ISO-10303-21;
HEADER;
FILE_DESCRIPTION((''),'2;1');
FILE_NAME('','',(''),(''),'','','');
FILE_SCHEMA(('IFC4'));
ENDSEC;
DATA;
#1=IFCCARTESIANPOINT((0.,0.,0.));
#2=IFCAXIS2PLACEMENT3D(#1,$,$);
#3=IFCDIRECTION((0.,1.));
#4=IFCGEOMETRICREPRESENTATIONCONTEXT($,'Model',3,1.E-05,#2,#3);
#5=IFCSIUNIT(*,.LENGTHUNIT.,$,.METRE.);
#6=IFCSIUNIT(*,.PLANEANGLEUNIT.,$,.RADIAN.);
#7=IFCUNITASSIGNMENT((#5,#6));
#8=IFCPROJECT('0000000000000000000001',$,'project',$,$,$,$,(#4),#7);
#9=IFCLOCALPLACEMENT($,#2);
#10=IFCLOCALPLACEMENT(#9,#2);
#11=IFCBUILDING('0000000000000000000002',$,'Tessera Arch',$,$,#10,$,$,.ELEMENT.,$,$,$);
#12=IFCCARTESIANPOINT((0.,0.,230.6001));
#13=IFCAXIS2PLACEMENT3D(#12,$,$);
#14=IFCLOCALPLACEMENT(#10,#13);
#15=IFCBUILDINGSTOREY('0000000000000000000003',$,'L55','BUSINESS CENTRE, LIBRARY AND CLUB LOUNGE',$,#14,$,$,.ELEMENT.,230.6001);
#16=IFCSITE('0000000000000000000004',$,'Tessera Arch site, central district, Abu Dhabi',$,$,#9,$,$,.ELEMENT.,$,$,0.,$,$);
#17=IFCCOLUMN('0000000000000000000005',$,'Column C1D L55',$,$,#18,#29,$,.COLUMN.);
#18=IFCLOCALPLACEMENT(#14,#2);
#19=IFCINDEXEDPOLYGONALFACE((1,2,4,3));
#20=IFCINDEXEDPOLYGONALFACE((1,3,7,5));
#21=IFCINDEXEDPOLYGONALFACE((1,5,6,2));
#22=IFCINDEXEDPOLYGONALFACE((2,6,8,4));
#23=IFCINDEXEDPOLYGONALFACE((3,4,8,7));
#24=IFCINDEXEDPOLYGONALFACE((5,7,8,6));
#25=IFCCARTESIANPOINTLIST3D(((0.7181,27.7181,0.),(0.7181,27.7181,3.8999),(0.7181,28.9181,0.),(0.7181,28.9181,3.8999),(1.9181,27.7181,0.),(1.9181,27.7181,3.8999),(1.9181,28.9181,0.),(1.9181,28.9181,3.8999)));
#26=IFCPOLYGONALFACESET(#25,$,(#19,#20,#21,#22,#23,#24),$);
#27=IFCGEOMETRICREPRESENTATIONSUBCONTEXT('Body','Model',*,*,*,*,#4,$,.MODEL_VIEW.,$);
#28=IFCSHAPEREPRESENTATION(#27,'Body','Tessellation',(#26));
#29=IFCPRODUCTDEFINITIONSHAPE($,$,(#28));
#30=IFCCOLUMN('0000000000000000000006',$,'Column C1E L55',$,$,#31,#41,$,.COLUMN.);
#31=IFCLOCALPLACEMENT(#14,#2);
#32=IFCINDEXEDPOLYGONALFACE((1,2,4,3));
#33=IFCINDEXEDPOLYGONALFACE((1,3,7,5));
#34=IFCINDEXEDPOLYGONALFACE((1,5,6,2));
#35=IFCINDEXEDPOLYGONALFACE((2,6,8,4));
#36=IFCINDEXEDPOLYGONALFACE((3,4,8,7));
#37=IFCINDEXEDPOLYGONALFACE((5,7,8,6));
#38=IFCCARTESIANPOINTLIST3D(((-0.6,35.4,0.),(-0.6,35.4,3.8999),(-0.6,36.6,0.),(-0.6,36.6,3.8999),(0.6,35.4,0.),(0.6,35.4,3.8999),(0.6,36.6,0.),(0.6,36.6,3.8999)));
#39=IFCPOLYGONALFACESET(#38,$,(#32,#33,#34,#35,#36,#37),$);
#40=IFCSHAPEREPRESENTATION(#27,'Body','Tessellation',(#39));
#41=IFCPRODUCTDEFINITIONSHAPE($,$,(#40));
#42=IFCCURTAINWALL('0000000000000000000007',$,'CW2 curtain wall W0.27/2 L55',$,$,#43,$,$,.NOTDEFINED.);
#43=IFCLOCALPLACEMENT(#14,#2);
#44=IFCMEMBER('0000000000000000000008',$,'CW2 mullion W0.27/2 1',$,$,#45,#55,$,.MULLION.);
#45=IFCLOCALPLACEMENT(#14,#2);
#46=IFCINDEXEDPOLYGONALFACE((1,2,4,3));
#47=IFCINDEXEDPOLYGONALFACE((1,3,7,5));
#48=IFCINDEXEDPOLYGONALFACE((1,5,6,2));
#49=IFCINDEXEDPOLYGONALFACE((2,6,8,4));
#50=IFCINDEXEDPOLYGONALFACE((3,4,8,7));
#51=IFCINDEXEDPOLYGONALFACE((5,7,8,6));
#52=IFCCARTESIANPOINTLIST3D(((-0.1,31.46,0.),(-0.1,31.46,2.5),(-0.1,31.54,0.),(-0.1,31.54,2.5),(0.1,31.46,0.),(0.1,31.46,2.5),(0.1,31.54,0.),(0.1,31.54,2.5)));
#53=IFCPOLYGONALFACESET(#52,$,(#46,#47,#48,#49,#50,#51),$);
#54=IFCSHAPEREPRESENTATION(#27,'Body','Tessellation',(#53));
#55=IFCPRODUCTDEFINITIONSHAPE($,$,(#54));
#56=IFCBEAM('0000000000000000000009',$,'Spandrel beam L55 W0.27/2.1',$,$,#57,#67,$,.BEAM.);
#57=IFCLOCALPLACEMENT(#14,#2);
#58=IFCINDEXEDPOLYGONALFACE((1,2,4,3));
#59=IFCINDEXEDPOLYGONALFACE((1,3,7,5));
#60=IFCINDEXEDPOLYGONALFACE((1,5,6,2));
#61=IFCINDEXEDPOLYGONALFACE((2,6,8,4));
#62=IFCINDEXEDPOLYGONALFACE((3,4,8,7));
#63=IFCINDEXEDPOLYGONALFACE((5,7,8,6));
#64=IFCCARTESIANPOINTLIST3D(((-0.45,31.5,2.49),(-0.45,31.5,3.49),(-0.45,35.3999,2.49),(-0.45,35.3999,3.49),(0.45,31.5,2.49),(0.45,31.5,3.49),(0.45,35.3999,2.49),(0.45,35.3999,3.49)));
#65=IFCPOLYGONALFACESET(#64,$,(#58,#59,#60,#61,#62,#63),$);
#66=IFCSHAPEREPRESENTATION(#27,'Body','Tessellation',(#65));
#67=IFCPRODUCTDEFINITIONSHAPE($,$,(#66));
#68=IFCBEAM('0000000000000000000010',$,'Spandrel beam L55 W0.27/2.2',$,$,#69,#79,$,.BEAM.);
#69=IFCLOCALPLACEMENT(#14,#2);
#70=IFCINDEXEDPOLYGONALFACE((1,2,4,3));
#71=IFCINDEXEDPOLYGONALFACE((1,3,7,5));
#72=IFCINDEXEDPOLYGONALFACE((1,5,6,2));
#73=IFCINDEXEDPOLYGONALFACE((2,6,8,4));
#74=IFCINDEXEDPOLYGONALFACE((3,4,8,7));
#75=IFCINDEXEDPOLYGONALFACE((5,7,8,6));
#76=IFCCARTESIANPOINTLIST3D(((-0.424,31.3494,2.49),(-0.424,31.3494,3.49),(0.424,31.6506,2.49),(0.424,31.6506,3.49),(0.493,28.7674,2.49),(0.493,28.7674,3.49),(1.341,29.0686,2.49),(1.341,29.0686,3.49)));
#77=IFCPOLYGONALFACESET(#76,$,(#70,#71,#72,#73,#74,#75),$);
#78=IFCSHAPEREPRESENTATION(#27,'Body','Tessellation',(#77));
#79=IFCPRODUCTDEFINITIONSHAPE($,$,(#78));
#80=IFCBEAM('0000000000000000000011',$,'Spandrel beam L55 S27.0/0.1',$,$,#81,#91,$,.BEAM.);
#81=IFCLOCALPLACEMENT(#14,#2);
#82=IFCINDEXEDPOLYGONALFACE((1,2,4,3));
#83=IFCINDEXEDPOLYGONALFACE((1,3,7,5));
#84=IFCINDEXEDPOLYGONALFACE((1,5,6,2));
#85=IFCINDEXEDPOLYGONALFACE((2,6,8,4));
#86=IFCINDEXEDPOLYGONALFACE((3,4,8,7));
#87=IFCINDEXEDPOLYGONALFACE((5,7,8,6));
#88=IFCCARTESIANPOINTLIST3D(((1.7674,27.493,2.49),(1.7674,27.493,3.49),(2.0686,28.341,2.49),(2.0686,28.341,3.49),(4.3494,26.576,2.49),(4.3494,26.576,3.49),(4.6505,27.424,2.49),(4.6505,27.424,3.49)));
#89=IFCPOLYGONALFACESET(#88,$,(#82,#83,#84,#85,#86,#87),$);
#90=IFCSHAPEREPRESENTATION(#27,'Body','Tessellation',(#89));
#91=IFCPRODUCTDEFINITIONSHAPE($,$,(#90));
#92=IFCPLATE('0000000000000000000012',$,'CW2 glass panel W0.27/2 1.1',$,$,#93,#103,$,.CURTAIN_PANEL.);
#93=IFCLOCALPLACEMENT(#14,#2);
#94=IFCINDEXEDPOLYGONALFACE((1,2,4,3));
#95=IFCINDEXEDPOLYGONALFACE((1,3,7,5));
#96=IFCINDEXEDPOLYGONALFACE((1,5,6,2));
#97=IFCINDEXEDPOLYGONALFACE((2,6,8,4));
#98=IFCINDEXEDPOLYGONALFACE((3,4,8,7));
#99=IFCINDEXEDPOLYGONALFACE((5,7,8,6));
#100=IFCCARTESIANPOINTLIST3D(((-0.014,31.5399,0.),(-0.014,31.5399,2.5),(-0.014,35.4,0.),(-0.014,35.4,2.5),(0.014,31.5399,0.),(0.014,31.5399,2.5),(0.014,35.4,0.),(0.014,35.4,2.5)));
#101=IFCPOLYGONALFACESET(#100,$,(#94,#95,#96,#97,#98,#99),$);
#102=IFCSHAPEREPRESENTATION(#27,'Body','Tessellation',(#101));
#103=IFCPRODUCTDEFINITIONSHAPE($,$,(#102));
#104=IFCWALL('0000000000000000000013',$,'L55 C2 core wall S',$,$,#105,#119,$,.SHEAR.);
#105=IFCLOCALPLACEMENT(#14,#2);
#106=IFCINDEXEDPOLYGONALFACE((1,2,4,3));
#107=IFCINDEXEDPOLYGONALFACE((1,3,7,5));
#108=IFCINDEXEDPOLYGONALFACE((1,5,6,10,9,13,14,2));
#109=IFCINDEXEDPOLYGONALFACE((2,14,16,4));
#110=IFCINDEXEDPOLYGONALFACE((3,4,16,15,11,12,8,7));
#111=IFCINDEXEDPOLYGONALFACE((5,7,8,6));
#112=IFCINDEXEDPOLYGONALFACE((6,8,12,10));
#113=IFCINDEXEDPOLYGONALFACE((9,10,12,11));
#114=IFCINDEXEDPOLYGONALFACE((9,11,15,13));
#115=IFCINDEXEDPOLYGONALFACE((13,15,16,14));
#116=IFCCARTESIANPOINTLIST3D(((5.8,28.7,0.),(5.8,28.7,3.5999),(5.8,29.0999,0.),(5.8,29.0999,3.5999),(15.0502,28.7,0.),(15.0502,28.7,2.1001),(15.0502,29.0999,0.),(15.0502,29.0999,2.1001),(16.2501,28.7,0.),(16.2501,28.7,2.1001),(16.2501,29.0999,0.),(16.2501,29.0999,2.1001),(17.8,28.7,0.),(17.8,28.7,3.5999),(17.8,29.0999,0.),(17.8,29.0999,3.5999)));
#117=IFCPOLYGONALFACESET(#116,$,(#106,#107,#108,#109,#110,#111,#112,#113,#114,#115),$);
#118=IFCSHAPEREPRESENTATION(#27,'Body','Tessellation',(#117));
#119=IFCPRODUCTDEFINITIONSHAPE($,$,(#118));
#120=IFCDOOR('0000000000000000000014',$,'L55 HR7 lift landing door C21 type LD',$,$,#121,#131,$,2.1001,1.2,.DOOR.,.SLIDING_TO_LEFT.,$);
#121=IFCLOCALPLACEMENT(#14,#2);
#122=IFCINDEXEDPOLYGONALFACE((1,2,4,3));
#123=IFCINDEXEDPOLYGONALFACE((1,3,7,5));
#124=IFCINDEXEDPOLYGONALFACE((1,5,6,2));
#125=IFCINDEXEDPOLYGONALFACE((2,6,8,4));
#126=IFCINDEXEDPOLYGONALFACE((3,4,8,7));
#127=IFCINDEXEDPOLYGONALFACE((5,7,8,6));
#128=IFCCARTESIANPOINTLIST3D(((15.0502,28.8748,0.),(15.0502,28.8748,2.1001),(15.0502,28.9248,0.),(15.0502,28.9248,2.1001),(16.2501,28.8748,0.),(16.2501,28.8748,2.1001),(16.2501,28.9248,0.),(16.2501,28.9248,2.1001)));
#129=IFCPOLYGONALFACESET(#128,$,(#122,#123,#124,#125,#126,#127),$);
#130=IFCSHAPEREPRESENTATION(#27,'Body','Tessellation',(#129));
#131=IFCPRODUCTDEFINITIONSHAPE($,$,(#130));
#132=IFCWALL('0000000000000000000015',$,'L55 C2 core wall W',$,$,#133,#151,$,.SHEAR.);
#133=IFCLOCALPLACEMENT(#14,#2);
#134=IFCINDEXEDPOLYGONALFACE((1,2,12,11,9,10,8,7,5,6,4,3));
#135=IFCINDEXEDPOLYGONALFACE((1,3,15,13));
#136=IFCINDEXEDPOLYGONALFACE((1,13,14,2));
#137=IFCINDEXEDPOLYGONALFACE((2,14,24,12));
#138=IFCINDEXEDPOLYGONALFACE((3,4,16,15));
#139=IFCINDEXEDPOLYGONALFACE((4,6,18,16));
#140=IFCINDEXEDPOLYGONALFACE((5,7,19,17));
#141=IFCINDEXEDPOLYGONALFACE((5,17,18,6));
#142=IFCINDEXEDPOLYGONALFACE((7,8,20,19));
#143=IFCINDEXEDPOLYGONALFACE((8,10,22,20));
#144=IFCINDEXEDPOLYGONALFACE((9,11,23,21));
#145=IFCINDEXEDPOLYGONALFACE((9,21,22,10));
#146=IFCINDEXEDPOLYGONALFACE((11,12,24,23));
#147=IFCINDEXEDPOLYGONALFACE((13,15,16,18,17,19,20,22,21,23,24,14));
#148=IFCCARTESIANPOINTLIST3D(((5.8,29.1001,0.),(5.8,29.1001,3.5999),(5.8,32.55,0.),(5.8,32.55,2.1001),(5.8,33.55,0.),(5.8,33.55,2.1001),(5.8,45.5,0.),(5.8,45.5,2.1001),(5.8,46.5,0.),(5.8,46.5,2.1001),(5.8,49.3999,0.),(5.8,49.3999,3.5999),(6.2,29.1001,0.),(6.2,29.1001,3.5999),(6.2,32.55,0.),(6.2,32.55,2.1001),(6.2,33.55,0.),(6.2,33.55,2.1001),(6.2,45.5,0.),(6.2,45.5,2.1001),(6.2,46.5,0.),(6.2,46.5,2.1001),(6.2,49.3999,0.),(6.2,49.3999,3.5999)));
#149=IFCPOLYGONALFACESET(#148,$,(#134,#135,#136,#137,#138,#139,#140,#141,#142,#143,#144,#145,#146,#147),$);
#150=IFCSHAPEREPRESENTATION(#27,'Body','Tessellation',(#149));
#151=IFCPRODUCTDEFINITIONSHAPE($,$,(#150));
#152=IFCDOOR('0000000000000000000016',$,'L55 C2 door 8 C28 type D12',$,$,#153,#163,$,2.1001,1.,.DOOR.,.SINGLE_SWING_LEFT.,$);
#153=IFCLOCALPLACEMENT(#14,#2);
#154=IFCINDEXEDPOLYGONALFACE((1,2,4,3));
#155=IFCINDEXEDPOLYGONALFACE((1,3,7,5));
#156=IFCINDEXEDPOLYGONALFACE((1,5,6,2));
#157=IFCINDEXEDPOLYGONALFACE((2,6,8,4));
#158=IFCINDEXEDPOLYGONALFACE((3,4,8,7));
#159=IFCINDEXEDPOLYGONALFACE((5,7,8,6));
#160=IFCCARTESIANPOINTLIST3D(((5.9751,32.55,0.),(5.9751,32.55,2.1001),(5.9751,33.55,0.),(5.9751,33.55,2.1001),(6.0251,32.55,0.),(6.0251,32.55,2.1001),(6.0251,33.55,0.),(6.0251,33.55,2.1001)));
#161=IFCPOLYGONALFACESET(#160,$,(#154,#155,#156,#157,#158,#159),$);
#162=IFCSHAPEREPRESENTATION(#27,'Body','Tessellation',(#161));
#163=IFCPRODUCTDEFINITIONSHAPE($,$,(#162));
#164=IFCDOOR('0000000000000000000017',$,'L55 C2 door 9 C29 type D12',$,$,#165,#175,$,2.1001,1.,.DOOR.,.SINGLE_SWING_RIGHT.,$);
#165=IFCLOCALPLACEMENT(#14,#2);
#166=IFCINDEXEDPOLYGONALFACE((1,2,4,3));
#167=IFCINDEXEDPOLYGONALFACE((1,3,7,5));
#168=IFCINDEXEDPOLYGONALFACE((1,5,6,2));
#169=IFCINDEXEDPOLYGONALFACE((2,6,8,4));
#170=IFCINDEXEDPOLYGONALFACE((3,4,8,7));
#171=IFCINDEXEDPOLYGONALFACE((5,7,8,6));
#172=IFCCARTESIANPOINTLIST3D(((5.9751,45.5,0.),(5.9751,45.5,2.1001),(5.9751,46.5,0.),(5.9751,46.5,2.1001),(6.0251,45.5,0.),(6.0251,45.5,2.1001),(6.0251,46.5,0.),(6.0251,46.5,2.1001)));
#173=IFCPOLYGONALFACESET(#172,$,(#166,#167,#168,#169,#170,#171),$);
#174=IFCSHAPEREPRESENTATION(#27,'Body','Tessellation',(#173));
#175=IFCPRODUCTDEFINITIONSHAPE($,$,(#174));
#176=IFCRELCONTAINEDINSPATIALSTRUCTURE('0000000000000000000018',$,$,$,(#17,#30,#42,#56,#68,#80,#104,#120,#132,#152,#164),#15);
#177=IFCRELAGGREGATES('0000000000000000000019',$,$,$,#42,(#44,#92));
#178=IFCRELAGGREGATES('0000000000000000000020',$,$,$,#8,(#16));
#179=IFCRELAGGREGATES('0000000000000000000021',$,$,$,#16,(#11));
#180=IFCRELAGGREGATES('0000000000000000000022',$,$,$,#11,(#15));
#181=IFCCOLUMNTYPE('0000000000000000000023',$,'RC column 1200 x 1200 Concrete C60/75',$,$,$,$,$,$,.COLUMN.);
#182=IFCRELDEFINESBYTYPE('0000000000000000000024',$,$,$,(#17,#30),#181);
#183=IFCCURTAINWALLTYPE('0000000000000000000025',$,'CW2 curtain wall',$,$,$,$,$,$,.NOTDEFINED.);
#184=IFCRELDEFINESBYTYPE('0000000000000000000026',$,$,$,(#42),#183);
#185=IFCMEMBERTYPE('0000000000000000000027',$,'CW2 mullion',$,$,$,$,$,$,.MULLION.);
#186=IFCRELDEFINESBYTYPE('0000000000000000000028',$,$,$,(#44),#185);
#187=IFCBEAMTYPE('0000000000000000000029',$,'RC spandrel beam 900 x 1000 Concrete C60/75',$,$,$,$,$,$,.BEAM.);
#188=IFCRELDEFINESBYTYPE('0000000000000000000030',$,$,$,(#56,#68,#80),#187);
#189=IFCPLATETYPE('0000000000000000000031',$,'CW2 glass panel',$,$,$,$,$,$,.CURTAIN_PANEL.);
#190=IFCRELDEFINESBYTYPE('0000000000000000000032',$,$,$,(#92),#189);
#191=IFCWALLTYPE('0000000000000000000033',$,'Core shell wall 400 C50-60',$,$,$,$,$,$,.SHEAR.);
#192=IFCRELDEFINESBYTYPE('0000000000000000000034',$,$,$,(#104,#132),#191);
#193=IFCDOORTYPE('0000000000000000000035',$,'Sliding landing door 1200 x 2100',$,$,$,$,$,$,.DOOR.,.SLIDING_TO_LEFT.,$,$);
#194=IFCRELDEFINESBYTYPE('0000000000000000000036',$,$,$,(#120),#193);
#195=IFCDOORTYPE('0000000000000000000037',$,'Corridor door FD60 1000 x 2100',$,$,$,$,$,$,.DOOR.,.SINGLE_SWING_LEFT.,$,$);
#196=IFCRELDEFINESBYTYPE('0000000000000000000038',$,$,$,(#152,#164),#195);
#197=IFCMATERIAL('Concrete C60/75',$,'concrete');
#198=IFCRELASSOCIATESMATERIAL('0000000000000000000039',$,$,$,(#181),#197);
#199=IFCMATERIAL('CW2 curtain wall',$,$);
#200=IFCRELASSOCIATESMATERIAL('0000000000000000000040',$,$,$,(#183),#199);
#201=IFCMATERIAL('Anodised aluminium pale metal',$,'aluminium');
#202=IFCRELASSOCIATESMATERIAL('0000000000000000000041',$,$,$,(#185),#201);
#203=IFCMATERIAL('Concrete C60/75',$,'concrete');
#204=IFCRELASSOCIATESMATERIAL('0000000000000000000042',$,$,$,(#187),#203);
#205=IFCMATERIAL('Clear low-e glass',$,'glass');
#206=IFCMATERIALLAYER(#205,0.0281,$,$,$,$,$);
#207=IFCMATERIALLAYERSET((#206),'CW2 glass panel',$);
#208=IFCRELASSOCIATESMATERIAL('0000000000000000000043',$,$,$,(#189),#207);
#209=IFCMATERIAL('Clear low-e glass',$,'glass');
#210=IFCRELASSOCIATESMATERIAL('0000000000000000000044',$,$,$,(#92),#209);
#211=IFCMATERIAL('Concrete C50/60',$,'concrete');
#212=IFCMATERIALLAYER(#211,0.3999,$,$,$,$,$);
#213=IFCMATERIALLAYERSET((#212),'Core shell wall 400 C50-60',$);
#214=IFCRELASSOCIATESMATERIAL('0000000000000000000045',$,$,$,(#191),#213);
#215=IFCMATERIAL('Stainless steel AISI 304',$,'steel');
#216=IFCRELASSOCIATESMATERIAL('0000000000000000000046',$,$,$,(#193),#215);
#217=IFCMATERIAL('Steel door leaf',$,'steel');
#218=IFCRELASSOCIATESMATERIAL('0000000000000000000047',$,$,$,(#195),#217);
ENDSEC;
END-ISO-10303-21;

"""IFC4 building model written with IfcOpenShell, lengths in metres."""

from ifc_helpers import new_model, si_unit, direction, frame, frame_2d, origin, origin_2d, place, context, subcontext, project, spatial, rectangle, extrude, material, layer, layer_set, material_profile, profile_set, type_object, element, fill, aggregate, save


model = new_model("IFC4")

# Units and contexts
model_context = context("Model", 3, precision=1e-05, world=origin(), true_north=direction((0.0, 1.0)))
body_context = subcontext(model_context, "Body", "Model", "MODEL_VIEW")
ifc_project = project(units=[si_unit("LENGTHUNIT", "METRE"), si_unit("PLANEANGLEUNIT", "RADIAN")], contexts=[model_context])

# Site, building, storey
site_placement = place(None, origin())
site = spatial("IfcSite", under=ifc_project, at=site_placement, Name="Tessera Arch site, central district, Abu Dhabi", CompositionType="ELEMENT", RefElevation=0.0)
building_placement = place(site_placement, origin())
building = spatial("IfcBuilding", under=site, at=building_placement, Name="Tessera Arch", CompositionType="ELEMENT")
storey_placement = place(building_placement, frame((0.0, 0.0, 230.6001)))
storey = spatial("IfcBuildingStorey", under=building, at=storey_placement, Name="L55", Description="BUSINESS CENTRE, LIBRARY AND CLUB LOUNGE", CompositionType="ELEMENT", Elevation=230.6001)

# Columns
ifc_material_1 = material(Name="Concrete C60/75", Category="concrete")
ifc_material_profile_1 = material_profile(ifc_material_1, rectangle(XDim=1.2, YDim=1.2, at=origin_2d()), Name="RC column 1200 x 1200 Concrete C60/75")
ifc_profile_set_1 = profile_set([ifc_material_profile_1], Name="Concrete C60/75")
column_type = type_object("IfcColumnType", Name="RC column 1200 x 1200 Concrete C60/75", PredefinedType="COLUMN", material=ifc_profile_set_1)
for number, where, z_axis, x_axis, name in (
    (1, (1.3181, 28.3181, 0.0), (0.0, 0.0, 1.0), (1.0, 0.0, 0.0), "Column C1D L55"),
    (2, (0.0, 36.0, 0.0), (0.0, 0.0, 1.0), (1.0, 0.0, 0.0), "Column C1E L55"),
):
    element("IfcColumn", number, at=place(storey_placement, frame(where, z_axis=z_axis, x_axis=x_axis)), inside=storey, type_object=column_type, Name=name, PredefinedType="COLUMN", context=body_context, shape_type="SweptSolid", body=[
        extrude(rectangle(XDim=1.2, YDim=1.2, at=origin_2d()), origin(), (0.0, 0.0, 1.0), 3.8999),
    ])

# Curtain wall, member
ifc_material_2 = material(Name="CW2 curtain wall")
curtain_wall_type = type_object("IfcCurtainWallType", Name="CW2 curtain wall", PredefinedType="NOTDEFINED", material=ifc_material_2)
curtain_wall_placement = place(storey_placement, origin())
curtain_wall = element("IfcCurtainWall", 3, at=curtain_wall_placement, inside=storey, type_object=curtain_wall_type, Name="CW2 curtain wall W0.27/2 L55", PredefinedType="NOTDEFINED")
ifc_material_3 = material(Name="Anodised aluminium pale metal", Category="aluminium")
ifc_material_profile_2 = material_profile(ifc_material_3, rectangle(XDim=0.2, YDim=0.0801, at=origin_2d()), Name="AL 80x200")
ifc_profile_set_2 = profile_set([ifc_material_profile_2], Name="Anodised aluminium pale metal")
member_type = type_object("IfcMemberType", Name="CW2 mullion", PredefinedType="MULLION", material=ifc_profile_set_2)
member_placement = place(storey_placement, frame((0.0, 31.5, 0.0), z_axis=(0.0, 0.0, 1.0), x_axis=(1.0, 0.0, 0.0)))
member = element("IfcMember", 4, at=member_placement, type_object=member_type, Name="CW2 mullion W0.27/2 1", PredefinedType="MULLION", context=body_context, shape_type="SweptSolid", body=[
    extrude(rectangle(XDim=0.2, YDim=0.0801, at=origin_2d()), origin(), (0.0, 0.0, 1.0), 2.5),
])

# Beams
ifc_material_4 = material(Name="Concrete C60/75", Category="concrete")
ifc_material_profile_3 = material_profile(ifc_material_4, rectangle(XDim=0.8999, YDim=1.0, at=origin_2d()), Name="RC spandrel beam 900 x 1000 Concrete C60/75")
ifc_profile_set_3 = profile_set([ifc_material_profile_3], Name="Concrete C60/75")
beam_type = type_object("IfcBeamType", Name="RC spandrel beam 900 x 1000 Concrete C60/75", PredefinedType="BEAM", material=ifc_profile_set_3)
beam_placement = place(storey_placement, frame((0.0, 35.3999, 2.99), z_axis=(0.0, -1.0, 0.0), x_axis=(1.0, 0.0, 0.0)))
element("IfcBeam", 5, at=beam_placement, inside=storey, type_object=beam_type, Name="Spandrel beam L55 W0.27/2.1", PredefinedType="BEAM", context=body_context, shape_type="SweptSolid", body=[
    extrude(rectangle(XDim=0.8999, YDim=1.0, at=origin_2d()), origin(), (0.0, 0.0, 1.0), 3.8999),
])
for number, where, z_axis, x_axis, name in (
    (6, (0.0, 31.5, 2.99), (0.334665, -0.942337, 0.0), (0.942337, 0.334665, 0.0), "Spandrel beam L55 W0.27/2.2"),
    (7, (1.918, 27.917, 2.99), (0.942337, -0.334665, 0.0), (0.334665, 0.942337, 0.0), "Spandrel beam L55 S27.0/0.1"),
):
    element("IfcBeam", number, at=place(storey_placement, frame(where, z_axis=z_axis, x_axis=x_axis)), inside=storey, type_object=beam_type, Name=name, PredefinedType="BEAM", context=body_context, shape_type="SweptSolid", body=[
        extrude(rectangle(XDim=0.8999, YDim=1.0, at=origin_2d()), origin(), (0.0, 0.0, 1.0), 2.74),
    ])

# Plate
ifc_material_5 = material(Name="Clear low-e glass", Category="glass")
ifc_material_6 = material(Name="Clear low-e glass", Category="glass")
ifc_layer_1 = layer(ifc_material_6, 0.0281)
ifc_layer_set_1 = layer_set([ifc_layer_1], Name="CW2 glass panel")
plate_type = type_object("IfcPlateType", Name="CW2 glass panel", PredefinedType="CURTAIN_PANEL", material=ifc_layer_set_1)
plate_placement = place(storey_placement, frame((0.0, 33.47, 0.0), z_axis=(0.0, 0.0, 1.0), x_axis=(0.0, -1.0, 0.0)))
plate = element("IfcPlate", 8, at=plate_placement, type_object=plate_type, material=ifc_material_5, Name="CW2 glass panel W0.27/2 1.1", PredefinedType="CURTAIN_PANEL", context=body_context, shape_type="SweptSolid", body=[
    extrude(rectangle(XDim=3.8601, YDim=0.0281, at=origin_2d()), origin(), (0.0, 0.0, 1.0), 2.5),
])
aggregate(curtain_wall, [member, plate])

# Wall, opening, door
ifc_material_7 = material(Name="Concrete C50/60", Category="concrete")
ifc_layer_2 = layer(ifc_material_7, 0.3999)
ifc_layer_set_2 = layer_set([ifc_layer_2], Name="Core shell wall 400 C50-60")
wall_type_1 = type_object("IfcWallType", Name="Core shell wall 400 C50-60", PredefinedType="SHEAR", material=ifc_layer_set_2)
wall_1_placement = place(storey_placement, frame((5.8, 28.8999, 0.0), z_axis=(0.0, 0.0, 1.0), x_axis=(1.0, 0.0, 0.0)))
wall_1 = element("IfcWall", 9, at=wall_1_placement, inside=storey, type_object=wall_type_1, Name="L55 C2 core wall S", PredefinedType="SHEAR", context=body_context, shape_type="SweptSolid", body=[
    extrude(rectangle(XDim=12.0, YDim=0.3999, at=frame_2d((6.0, 0.0))), origin(), (0.0, 0.0, 1.0), 3.5999),
])
opening_1_placement = place(wall_1_placement, frame((9.25, 0.0, 0.0)))
opening_1 = element("IfcOpeningElement", 10, at=opening_1_placement, cuts=wall_1, PredefinedType="OPENING", context=body_context, shape_type="SweptSolid", body=[
    extrude(rectangle(XDim=1.2, YDim=2.1001, at=frame_2d((0.6001, 1.05))), frame((0.0, 0.21, 0.0), z_axis=(0.0, -1.0, 0.0), x_axis=(1.0, 0.0, 0.0)), (0.0, 0.0, 1.0), 0.4199),
])
ifc_material_8 = material(Name="Stainless steel AISI 304", Category="steel")
door_type_1 = type_object("IfcDoorType", Name="Sliding landing door 1200 x 2100", OperationType="SLIDING_TO_LEFT", PredefinedType="DOOR", material=ifc_material_8)
door_1_placement = place(opening_1_placement, origin())
door_1 = element("IfcDoor", 11, at=door_1_placement, inside=storey, type_object=door_type_1, Name="L55 HR7 lift landing door C21 type LD", OperationType="SLIDING_TO_LEFT", OverallHeight=2.1001, OverallWidth=1.2, PredefinedType="DOOR", context=body_context, shape_type="SweptSolid", body=[
    extrude(rectangle(XDim=1.2, YDim=2.1001, at=frame_2d((0.6001, 1.05))), frame((0.0, 0.0249, 0.0), z_axis=(0.0, -1.0, 0.0), x_axis=(1.0, 0.0, 0.0)), (0.0, 0.0, 1.0), 0.05),
])
fill(opening_1, door_1)

# Wall, openings, doors
wall_2_placement = place(storey_placement, frame((6.0, 29.1001, 0.0), z_axis=(0.0, 0.0, 1.0), x_axis=(0.0, 1.0, 0.0)))
wall_2 = element("IfcWall", 12, at=wall_2_placement, inside=storey, type_object=wall_type_1, Name="L55 C2 core wall W", PredefinedType="SHEAR", context=body_context, shape_type="SweptSolid", body=[
    extrude(rectangle(XDim=20.2998, YDim=0.3999, at=frame_2d((10.1499, 0.0))), origin(), (0.0, 0.0, 1.0), 3.5999),
])
opening_2_placement = place(wall_2_placement, frame((3.45, 0.0, 0.0)))
opening_2 = element("IfcOpeningElement", 13, at=opening_2_placement, cuts=wall_2, PredefinedType="OPENING", context=body_context, shape_type="SweptSolid", body=[
    extrude(rectangle(XDim=1.0, YDim=2.1001, at=frame_2d((0.5, 1.05))), frame((0.0, 0.21, 0.0), z_axis=(0.0, -1.0, 0.0), x_axis=(1.0, 0.0, 0.0)), (0.0, 0.0, 1.0), 0.4199),
])
opening_3_placement = place(wall_2_placement, frame((16.3999, 0.0, 0.0)))
opening_3 = element("IfcOpeningElement", 14, at=opening_3_placement, cuts=wall_2, PredefinedType="OPENING", context=body_context, shape_type="SweptSolid", body=[
    extrude(rectangle(XDim=1.0, YDim=2.1001, at=frame_2d((0.5, 1.05))), frame((0.0, 0.21, 0.0), z_axis=(0.0, -1.0, 0.0), x_axis=(1.0, 0.0, 0.0)), (0.0, 0.0, 1.0), 0.4199),
])
ifc_material_9 = material(Name="Steel door leaf", Category="steel")
door_type_2 = type_object("IfcDoorType", Name="Corridor door FD60 1000 x 2100", OperationType="SINGLE_SWING_LEFT", PredefinedType="DOOR", material=ifc_material_9)
door_2_placement = place(opening_2_placement, origin())
door_2 = element("IfcDoor", 15, at=door_2_placement, inside=storey, type_object=door_type_2, Name="L55 C2 door 8 C28 type D12", OperationType="SINGLE_SWING_LEFT", OverallHeight=2.1001, OverallWidth=1.0, PredefinedType="DOOR", context=body_context, shape_type="SweptSolid", body=[
    extrude(rectangle(XDim=1.0, YDim=2.1001, at=frame_2d((0.5, 1.05))), frame((0.0, 0.0249, 0.0), z_axis=(0.0, -1.0, 0.0), x_axis=(1.0, 0.0, 0.0)), (0.0, 0.0, 1.0), 0.05),
])
fill(opening_2, door_2)
door_3_placement = place(opening_3_placement, origin())
door_3 = element("IfcDoor", 16, at=door_3_placement, inside=storey, type_object=door_type_2, Name="L55 C2 door 9 C29 type D12", OperationType="SINGLE_SWING_RIGHT", OverallHeight=2.1001, OverallWidth=1.0, PredefinedType="DOOR", context=body_context, shape_type="SweptSolid", body=[
    extrude(rectangle(XDim=1.0, YDim=2.1001, at=frame_2d((0.5, 1.05))), frame((0.0, 0.0249, 0.0), z_axis=(0.0, -1.0, 0.0), x_axis=(1.0, 0.0, 0.0)), (0.0, 0.0, 1.0), 0.05),
])
fill(opening_3, door_3)

save(model, "model.ifc")
